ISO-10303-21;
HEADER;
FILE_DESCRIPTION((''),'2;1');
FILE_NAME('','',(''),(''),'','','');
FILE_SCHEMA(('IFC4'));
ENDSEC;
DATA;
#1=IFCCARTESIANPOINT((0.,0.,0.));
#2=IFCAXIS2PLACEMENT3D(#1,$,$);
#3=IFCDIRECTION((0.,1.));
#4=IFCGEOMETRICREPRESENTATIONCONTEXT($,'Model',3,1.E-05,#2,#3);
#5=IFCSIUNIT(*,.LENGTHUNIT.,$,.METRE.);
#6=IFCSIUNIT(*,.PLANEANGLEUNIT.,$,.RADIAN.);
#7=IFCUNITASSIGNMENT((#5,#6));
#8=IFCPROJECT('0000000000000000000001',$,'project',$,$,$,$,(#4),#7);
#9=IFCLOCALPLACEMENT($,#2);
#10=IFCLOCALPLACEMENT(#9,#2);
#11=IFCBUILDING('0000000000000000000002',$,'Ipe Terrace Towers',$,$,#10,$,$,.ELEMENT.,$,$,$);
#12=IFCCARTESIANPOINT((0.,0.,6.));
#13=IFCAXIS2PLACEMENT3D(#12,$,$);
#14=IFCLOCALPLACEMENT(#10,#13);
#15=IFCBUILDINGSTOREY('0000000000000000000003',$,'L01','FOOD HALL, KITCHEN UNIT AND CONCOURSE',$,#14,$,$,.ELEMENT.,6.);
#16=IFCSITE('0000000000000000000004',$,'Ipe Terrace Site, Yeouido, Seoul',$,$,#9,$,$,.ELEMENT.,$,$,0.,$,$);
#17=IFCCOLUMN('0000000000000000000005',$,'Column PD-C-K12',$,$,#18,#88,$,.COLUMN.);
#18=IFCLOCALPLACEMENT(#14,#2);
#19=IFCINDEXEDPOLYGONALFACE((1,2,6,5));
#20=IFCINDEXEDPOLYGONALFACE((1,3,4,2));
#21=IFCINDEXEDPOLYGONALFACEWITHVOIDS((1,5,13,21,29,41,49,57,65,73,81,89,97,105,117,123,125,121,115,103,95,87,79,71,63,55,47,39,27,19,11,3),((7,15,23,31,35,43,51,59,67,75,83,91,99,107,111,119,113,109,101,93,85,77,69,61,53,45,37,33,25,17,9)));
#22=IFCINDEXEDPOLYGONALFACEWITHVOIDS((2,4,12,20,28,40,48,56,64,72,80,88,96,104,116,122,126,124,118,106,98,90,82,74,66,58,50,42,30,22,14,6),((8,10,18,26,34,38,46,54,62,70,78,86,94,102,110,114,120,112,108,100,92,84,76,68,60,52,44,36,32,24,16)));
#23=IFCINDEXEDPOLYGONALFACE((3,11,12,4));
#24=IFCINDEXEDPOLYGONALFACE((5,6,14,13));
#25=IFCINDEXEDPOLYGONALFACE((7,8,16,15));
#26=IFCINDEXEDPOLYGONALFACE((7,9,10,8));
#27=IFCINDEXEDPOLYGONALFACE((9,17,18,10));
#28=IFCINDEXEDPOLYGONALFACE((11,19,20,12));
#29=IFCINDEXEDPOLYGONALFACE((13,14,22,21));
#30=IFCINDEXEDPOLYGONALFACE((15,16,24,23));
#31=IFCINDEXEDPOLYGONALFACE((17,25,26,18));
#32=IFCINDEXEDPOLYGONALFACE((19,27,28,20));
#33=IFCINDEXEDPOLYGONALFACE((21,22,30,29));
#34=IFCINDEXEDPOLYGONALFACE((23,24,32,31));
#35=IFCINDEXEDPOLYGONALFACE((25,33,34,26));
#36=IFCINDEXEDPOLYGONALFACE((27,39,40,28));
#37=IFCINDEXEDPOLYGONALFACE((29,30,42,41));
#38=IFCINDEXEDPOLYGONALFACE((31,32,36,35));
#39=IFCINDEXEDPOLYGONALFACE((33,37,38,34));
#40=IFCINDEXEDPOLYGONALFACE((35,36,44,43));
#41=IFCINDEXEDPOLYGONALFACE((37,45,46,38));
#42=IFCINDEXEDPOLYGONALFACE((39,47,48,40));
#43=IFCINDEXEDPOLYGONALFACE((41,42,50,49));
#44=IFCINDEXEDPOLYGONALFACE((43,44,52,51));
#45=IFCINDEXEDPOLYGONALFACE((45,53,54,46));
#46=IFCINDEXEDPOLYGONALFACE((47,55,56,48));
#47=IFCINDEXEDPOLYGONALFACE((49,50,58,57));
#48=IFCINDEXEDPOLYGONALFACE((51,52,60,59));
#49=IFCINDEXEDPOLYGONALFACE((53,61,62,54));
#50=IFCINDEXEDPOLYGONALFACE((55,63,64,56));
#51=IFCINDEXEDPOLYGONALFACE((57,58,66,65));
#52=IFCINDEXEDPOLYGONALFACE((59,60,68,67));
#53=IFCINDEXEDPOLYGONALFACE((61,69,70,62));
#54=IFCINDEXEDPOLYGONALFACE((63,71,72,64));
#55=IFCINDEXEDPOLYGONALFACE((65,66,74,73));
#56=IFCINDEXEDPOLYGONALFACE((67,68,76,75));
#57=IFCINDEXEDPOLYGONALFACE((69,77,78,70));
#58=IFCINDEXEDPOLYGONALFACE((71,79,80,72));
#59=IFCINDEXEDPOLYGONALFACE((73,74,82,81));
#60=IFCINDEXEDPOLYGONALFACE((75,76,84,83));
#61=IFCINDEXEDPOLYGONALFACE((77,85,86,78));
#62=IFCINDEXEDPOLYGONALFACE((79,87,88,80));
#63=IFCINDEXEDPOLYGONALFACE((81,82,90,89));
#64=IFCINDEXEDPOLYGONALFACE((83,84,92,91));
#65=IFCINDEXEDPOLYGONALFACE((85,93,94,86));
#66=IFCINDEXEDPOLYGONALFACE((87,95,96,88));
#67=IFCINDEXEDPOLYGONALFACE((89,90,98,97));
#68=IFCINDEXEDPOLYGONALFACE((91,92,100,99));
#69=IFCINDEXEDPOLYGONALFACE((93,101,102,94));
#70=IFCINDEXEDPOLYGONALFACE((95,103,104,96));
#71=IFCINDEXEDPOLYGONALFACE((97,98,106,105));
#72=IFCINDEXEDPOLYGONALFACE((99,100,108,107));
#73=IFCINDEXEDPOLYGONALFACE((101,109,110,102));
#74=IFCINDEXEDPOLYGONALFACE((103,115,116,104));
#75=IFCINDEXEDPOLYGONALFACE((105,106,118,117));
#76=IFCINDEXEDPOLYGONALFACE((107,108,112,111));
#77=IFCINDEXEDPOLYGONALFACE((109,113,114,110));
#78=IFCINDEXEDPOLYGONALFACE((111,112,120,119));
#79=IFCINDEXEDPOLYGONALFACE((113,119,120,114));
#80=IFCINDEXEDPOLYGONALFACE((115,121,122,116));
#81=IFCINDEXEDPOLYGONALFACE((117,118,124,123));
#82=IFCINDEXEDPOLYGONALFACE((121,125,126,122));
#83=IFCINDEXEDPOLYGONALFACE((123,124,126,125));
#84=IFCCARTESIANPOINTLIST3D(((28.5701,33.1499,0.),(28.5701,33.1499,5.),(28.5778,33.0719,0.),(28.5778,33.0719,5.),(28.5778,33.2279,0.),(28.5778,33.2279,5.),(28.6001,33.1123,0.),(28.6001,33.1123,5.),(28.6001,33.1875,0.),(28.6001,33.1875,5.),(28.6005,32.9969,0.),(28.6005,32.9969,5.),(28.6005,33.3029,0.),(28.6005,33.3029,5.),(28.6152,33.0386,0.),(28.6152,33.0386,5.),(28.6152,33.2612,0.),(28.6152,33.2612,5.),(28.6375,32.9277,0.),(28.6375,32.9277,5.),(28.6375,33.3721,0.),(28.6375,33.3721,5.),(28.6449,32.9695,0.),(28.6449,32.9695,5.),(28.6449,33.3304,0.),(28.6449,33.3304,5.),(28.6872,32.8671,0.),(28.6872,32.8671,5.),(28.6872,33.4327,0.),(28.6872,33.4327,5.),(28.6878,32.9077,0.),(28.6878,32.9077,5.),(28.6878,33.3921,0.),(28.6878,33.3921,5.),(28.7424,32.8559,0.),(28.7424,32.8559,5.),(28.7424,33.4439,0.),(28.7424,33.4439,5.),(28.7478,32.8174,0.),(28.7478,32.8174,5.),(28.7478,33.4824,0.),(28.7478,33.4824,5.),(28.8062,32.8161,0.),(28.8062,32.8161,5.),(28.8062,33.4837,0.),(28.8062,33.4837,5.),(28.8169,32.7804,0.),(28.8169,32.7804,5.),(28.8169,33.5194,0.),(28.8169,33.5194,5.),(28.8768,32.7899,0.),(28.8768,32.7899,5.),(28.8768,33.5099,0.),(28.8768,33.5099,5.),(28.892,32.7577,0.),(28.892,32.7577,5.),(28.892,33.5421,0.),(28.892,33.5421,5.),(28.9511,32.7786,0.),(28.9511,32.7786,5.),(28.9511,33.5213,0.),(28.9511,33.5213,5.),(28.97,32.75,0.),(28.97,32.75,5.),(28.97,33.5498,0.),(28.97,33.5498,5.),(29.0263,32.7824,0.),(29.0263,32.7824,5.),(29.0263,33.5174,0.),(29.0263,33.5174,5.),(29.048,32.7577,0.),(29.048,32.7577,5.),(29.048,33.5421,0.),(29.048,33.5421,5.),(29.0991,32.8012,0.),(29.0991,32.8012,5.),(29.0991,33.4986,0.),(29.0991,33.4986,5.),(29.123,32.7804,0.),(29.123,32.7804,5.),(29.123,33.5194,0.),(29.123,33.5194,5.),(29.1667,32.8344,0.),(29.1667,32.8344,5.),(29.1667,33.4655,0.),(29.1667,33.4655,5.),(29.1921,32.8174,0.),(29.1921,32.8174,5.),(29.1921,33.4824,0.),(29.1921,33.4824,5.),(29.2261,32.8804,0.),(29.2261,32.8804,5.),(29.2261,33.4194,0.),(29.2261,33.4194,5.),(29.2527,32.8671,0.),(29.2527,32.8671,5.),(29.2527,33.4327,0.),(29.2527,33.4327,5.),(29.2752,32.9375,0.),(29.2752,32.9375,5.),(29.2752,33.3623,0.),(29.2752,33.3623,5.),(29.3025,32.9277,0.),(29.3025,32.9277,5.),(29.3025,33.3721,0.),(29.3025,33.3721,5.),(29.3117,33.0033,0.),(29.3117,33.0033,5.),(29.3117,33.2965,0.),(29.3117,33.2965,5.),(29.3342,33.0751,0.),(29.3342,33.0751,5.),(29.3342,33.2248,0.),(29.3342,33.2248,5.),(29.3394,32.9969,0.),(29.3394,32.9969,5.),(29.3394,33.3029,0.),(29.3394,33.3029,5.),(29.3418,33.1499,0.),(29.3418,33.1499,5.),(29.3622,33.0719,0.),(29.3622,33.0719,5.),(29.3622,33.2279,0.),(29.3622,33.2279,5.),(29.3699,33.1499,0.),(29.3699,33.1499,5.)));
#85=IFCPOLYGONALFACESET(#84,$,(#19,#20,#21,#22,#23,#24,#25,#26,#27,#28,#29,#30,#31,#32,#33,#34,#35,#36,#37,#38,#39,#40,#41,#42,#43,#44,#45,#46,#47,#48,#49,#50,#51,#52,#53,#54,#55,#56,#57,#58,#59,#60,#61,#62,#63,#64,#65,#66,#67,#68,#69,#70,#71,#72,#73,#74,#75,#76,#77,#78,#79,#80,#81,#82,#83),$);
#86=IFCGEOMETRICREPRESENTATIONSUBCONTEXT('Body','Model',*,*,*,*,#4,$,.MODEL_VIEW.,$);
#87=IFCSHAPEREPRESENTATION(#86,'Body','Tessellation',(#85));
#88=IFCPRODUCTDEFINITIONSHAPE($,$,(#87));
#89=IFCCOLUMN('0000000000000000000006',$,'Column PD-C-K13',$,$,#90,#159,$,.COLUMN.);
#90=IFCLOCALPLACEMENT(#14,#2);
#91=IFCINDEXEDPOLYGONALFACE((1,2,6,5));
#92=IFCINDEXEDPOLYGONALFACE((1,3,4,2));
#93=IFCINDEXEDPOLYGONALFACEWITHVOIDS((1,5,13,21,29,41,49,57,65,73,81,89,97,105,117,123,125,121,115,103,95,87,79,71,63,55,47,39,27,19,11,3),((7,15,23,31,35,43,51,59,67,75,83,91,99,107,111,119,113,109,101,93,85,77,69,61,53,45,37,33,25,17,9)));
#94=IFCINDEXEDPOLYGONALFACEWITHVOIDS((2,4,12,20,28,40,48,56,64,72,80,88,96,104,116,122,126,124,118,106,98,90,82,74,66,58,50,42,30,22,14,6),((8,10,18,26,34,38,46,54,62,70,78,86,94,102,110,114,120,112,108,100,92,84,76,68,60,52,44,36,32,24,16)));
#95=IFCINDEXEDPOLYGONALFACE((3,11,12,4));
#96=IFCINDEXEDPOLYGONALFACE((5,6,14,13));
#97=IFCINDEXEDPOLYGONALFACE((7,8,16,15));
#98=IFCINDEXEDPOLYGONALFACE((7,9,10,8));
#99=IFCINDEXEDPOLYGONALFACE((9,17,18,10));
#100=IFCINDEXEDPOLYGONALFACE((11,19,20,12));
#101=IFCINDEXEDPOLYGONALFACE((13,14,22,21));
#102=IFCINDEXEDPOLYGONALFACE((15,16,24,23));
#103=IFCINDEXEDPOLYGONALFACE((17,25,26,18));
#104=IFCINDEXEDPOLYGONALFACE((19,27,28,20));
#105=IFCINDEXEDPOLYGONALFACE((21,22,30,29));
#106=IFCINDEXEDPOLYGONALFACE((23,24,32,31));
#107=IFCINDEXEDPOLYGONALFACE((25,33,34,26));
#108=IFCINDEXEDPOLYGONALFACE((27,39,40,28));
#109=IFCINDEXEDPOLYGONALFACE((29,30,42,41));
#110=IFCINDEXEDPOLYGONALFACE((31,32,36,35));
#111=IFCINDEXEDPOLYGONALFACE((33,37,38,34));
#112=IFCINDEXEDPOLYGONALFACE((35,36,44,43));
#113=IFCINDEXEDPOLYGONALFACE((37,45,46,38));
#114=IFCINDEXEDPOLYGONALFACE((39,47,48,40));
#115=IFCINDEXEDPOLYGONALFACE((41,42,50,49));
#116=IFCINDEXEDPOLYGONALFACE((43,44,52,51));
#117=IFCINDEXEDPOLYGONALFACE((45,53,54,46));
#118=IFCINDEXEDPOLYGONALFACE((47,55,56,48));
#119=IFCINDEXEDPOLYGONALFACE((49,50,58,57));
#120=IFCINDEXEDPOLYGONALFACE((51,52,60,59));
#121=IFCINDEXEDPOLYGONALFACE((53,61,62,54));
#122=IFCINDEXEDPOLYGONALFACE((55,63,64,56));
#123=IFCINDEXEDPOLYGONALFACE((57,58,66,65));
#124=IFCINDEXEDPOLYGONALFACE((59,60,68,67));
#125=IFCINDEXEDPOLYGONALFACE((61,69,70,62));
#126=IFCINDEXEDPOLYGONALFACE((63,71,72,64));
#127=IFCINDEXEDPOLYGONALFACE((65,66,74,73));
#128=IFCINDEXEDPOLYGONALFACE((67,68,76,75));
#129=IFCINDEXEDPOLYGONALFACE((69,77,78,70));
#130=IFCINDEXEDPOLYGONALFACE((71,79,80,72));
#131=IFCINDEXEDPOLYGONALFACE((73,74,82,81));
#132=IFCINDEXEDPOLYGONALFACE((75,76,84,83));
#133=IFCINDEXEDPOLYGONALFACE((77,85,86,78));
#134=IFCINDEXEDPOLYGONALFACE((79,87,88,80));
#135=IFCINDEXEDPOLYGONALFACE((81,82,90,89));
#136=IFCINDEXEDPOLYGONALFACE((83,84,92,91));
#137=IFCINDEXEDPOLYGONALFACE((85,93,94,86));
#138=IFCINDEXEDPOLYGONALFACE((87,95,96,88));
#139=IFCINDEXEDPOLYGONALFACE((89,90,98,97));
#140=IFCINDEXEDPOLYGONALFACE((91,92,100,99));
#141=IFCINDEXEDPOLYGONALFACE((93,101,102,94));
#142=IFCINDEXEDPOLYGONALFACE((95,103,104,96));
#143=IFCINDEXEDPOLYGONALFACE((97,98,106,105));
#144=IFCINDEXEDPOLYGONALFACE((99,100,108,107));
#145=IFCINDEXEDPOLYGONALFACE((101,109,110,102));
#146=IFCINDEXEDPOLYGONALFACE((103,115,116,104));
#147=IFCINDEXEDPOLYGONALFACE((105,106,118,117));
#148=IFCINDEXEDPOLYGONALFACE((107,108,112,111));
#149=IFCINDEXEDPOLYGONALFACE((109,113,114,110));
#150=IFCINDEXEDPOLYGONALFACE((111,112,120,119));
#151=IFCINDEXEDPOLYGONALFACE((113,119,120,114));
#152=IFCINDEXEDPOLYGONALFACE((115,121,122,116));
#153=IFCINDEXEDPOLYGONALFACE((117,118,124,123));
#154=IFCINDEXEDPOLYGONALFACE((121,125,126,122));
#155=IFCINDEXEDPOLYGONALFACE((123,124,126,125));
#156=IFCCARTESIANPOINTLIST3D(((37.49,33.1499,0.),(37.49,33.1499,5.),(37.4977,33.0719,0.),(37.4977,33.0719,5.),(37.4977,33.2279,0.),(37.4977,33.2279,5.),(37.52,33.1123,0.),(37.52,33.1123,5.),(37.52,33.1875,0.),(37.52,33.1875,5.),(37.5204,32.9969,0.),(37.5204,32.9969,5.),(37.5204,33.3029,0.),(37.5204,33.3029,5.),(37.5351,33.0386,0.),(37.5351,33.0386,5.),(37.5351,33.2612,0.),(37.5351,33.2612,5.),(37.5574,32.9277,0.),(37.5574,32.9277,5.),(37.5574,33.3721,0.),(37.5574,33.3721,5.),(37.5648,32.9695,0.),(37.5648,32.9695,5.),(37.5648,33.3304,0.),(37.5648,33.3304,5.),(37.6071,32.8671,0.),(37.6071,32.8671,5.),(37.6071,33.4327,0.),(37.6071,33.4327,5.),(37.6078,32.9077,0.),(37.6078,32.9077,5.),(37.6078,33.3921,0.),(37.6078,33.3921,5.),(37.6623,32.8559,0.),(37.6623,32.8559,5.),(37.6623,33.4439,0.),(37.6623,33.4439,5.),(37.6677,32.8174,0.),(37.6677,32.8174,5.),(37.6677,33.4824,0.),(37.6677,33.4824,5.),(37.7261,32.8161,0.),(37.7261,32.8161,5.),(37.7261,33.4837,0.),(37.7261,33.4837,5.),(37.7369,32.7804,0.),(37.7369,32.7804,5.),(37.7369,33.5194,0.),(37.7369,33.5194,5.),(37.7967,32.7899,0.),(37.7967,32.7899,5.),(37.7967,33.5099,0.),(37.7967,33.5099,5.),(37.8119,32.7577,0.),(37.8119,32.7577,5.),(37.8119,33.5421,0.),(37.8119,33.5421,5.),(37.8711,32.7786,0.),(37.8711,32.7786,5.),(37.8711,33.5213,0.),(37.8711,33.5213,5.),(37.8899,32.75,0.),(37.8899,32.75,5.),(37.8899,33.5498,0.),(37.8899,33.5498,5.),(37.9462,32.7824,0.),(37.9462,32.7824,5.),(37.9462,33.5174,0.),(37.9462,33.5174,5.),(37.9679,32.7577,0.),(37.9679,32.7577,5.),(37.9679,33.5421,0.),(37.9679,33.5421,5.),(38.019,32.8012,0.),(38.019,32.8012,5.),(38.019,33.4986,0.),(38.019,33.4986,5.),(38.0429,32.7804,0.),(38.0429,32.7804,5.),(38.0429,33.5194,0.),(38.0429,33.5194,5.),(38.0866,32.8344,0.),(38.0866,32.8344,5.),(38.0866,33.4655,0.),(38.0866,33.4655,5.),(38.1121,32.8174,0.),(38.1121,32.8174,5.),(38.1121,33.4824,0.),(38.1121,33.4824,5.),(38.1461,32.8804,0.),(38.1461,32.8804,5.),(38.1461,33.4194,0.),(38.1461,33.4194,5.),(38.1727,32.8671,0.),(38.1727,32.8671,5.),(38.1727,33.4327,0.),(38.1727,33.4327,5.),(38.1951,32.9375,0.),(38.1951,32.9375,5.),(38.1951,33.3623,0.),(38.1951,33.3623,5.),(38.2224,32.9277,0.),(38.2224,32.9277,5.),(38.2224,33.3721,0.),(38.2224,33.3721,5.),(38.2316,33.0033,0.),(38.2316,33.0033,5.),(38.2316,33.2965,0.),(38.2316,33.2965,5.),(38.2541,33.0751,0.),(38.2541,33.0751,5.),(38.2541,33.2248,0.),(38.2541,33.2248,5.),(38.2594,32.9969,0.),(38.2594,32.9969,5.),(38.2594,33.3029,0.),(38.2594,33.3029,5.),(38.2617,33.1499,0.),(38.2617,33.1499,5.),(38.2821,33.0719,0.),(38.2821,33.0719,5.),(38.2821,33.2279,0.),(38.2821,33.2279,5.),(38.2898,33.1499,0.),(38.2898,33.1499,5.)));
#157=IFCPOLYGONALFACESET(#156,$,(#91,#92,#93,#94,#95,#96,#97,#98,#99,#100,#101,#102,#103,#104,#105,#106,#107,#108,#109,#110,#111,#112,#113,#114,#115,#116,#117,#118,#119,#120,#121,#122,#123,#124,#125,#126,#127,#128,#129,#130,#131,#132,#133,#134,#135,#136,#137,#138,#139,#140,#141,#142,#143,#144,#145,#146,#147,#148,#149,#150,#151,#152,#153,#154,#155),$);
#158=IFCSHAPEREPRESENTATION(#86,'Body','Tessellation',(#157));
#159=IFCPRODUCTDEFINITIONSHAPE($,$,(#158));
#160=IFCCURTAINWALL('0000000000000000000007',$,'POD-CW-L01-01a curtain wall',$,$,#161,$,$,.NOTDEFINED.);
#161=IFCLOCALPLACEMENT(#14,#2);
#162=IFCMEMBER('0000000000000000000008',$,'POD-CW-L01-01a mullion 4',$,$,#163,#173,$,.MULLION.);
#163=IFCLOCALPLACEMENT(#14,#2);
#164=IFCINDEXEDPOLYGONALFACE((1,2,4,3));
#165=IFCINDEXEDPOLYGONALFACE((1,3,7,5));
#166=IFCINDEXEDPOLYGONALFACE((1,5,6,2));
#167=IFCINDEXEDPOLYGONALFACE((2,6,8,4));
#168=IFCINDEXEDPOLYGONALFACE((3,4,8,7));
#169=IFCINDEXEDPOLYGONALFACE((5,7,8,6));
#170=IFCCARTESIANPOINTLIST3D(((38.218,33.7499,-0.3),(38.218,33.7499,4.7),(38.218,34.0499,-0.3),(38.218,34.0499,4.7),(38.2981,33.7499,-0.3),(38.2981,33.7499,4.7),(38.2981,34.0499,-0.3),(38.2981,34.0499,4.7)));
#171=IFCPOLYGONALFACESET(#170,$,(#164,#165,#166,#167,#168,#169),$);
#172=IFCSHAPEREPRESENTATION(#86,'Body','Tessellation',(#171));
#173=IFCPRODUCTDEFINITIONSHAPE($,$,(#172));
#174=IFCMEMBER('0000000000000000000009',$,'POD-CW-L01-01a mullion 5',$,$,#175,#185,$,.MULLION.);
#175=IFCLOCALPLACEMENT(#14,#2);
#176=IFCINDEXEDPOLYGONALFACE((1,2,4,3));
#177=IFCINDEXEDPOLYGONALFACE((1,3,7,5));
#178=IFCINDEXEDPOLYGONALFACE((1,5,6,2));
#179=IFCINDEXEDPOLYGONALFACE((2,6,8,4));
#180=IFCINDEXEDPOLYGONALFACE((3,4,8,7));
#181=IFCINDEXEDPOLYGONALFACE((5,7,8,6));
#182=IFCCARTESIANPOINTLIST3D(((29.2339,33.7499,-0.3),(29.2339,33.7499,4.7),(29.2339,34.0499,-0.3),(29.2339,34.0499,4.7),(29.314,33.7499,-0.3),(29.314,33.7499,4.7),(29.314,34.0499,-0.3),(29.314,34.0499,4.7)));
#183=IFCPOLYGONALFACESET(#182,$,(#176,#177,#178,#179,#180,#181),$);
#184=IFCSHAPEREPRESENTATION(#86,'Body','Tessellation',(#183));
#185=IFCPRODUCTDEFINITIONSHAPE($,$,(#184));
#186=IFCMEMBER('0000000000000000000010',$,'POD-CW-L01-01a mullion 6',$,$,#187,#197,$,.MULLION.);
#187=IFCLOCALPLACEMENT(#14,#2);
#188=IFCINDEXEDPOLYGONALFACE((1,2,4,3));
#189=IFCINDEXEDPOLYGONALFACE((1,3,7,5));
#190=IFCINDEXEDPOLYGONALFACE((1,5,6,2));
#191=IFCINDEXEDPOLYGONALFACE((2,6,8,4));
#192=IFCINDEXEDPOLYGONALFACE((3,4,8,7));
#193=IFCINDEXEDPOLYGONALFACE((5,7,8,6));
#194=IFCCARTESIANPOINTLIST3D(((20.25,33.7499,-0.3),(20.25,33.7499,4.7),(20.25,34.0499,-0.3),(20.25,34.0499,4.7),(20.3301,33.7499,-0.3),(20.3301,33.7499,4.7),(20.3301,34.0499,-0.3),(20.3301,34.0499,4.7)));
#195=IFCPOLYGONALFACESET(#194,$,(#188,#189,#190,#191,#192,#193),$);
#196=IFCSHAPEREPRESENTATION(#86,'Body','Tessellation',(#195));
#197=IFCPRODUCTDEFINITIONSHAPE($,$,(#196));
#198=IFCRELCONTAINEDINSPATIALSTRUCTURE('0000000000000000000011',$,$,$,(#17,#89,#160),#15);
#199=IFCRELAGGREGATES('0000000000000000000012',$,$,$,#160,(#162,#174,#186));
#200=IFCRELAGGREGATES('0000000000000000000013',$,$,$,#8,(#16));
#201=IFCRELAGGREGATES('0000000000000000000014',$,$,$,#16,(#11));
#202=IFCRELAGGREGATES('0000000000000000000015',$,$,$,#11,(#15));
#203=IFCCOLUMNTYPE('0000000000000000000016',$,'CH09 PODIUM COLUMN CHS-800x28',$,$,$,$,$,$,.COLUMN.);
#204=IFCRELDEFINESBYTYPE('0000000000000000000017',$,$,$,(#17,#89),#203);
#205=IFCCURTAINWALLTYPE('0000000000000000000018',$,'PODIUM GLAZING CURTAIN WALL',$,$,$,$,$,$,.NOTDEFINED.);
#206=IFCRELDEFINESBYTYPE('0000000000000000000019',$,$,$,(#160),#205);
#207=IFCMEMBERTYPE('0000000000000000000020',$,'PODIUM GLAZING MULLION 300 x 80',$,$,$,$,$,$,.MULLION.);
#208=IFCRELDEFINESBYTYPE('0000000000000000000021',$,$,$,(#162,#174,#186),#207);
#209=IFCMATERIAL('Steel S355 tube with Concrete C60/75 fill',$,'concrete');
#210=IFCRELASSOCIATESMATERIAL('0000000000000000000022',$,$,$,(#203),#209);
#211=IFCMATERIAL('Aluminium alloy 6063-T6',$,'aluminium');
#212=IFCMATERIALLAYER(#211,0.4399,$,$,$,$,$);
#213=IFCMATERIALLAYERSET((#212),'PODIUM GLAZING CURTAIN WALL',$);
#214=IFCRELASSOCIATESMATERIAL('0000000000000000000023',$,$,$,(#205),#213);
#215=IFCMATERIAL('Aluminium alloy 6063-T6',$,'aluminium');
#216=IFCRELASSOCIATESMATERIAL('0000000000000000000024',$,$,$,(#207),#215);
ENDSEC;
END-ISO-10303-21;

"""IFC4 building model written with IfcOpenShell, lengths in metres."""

from ifc_helpers import new_model, si_unit, direction, frame, origin, origin_2d, place, context, subcontext, project, spatial, rectangle, hollow_circle, extrude, material, layer, layer_set, material_profile, profile_set, type_object, element, aggregate, save


model = new_model("IFC4")

# Units and contexts
model_context = context("Model", 3, precision=1e-05, world=origin(), true_north=direction((0.0, 1.0)))
body_context = subcontext(model_context, "Body", "Model", "MODEL_VIEW")
ifc_project = project(units=[si_unit("LENGTHUNIT", "METRE"), si_unit("PLANEANGLEUNIT", "RADIAN")], contexts=[model_context])

# Site, building, storey
site_placement = place(None, origin())
site = spatial("IfcSite", under=ifc_project, at=site_placement, Name="Ipe Terrace Site, Yeouido, Seoul", CompositionType="ELEMENT", RefElevation=0.0)
building_placement = place(site_placement, origin())
building = spatial("IfcBuilding", under=site, at=building_placement, Name="Ipe Terrace Towers", CompositionType="ELEMENT")
storey_placement = place(building_placement, frame((0.0, 0.0, 6.0)))
storey = spatial("IfcBuildingStorey", under=building, at=storey_placement, Name="L01", Description="FOOD HALL, KITCHEN UNIT AND CONCOURSE", CompositionType="ELEMENT", Elevation=6.0)

# Columns
ifc_material_1 = material(Name="Steel S355 tube with Concrete C60/75 fill", Category="concrete")
ifc_material_profile_1 = material_profile(ifc_material_1, hollow_circle(Radius=0.3999, WallThickness=0.0281, at=origin_2d()), Name="CHS-800x28")
ifc_profile_set_1 = profile_set([ifc_material_profile_1], Name="Steel S355 tube with Concrete C60/75 fill")
column_type_1 = type_object("IfcColumnType", Name="CH09 PODIUM COLUMN CHS-800x28", PredefinedType="COLUMN", material=ifc_profile_set_1)
for number, where, z_axis, x_axis, name in (
    (1, (28.97, 33.1499, 0.0), (0.0, 0.0, 1.0), (1.0, 0.0, 0.0), "Column PD-C-K12"),
    (2, (37.8899, 33.1499, 0.0), (0.0, 0.0, 1.0), (1.0, 0.0, 0.0), "Column PD-C-K13"),
):
    element("IfcColumn", number, at=place(storey_placement, frame(where, z_axis=z_axis, x_axis=x_axis)), inside=storey, type_object=column_type_1, Name=name, PredefinedType="COLUMN", context=body_context, shape_type="SweptSolid", body=[
        extrude(hollow_circle(Radius=0.3999, WallThickness=0.0281, at=origin_2d()), origin(), (0.0, 0.0, 1.0), 5.0),
    ])

# Curtain wall, members
ifc_material_2 = material(Name="Aluminium alloy 6063-T6", Category="aluminium")
ifc_layer_1 = layer(ifc_material_2, 0.4399)
ifc_layer_set_1 = layer_set([ifc_layer_1], Name="PODIUM GLAZING CURTAIN WALL")
curtain_wall_type = type_object("IfcCurtainWallType", Name="PODIUM GLAZING CURTAIN WALL", PredefinedType="NOTDEFINED", material=ifc_layer_set_1)
curtain_wall_1_placement = place(storey_placement, origin())
curtain_wall_1 = element("IfcCurtainWall", 3, at=curtain_wall_1_placement, inside=storey, type_object=curtain_wall_type, Name="POD-CW-L01-01a curtain wall", PredefinedType="NOTDEFINED")
ifc_material_3 = material(Name="Aluminium alloy 6063-T6", Category="aluminium")
ifc_material_profile_2 = material_profile(ifc_material_3, rectangle(XDim=0.3, YDim=0.0801, at=origin_2d()), Name="PODIUM GLAZING MULLION 300 x 80")
ifc_profile_set_2 = profile_set([ifc_material_profile_2], Name="Aluminium alloy 6063-T6")
member_type_1 = type_object("IfcMemberType", Name="PODIUM GLAZING MULLION 300 x 80", PredefinedType="MULLION", material=ifc_profile_set_2)
member_1_placement = place(storey_placement, frame((38.2581, 33.8999, -0.3), z_axis=(0.0, 0.0, 1.0), x_axis=(0.0, 1.0, 0.0)))
member_1 = element("IfcMember", 4, at=member_1_placement, type_object=member_type_1, Name="POD-CW-L01-01a mullion 4", PredefinedType="MULLION", context=body_context, shape_type="SweptSolid", body=[
    extrude(rectangle(XDim=0.3, YDim=0.0801, at=origin_2d()), origin(), (0.0, 0.0, 1.0), 5.0),
])
member_2_placement = place(storey_placement, frame((29.2739, 33.8999, -0.3), z_axis=(0.0, 0.0, 1.0), x_axis=(0.0, 1.0, 0.0)))
member_2 = element("IfcMember", 5, at=member_2_placement, type_object=member_type_1, Name="POD-CW-L01-01a mullion 5", PredefinedType="MULLION", context=body_context, shape_type="SweptSolid", body=[
    extrude(rectangle(XDim=0.3, YDim=0.0801, at=origin_2d()), origin(), (0.0, 0.0, 1.0), 5.0),
])
member_3_placement = place(storey_placement, frame((20.29, 33.8999, -0.3), z_axis=(0.0, 0.0, 1.0), x_axis=(0.0, 1.0, 0.0)))
member_3 = element("IfcMember", 6, at=member_3_placement, type_object=member_type_1, Name="POD-CW-L01-01a mullion 6", PredefinedType="MULLION", context=body_context, shape_type="SweptSolid", body=[
    extrude(rectangle(XDim=0.3, YDim=0.0801, at=origin_2d()), origin(), (0.0, 0.0, 1.0), 5.0),
])

aggregate(curtain_wall_1, [member_1, member_2, member_3])

save(model, "model.ifc")
